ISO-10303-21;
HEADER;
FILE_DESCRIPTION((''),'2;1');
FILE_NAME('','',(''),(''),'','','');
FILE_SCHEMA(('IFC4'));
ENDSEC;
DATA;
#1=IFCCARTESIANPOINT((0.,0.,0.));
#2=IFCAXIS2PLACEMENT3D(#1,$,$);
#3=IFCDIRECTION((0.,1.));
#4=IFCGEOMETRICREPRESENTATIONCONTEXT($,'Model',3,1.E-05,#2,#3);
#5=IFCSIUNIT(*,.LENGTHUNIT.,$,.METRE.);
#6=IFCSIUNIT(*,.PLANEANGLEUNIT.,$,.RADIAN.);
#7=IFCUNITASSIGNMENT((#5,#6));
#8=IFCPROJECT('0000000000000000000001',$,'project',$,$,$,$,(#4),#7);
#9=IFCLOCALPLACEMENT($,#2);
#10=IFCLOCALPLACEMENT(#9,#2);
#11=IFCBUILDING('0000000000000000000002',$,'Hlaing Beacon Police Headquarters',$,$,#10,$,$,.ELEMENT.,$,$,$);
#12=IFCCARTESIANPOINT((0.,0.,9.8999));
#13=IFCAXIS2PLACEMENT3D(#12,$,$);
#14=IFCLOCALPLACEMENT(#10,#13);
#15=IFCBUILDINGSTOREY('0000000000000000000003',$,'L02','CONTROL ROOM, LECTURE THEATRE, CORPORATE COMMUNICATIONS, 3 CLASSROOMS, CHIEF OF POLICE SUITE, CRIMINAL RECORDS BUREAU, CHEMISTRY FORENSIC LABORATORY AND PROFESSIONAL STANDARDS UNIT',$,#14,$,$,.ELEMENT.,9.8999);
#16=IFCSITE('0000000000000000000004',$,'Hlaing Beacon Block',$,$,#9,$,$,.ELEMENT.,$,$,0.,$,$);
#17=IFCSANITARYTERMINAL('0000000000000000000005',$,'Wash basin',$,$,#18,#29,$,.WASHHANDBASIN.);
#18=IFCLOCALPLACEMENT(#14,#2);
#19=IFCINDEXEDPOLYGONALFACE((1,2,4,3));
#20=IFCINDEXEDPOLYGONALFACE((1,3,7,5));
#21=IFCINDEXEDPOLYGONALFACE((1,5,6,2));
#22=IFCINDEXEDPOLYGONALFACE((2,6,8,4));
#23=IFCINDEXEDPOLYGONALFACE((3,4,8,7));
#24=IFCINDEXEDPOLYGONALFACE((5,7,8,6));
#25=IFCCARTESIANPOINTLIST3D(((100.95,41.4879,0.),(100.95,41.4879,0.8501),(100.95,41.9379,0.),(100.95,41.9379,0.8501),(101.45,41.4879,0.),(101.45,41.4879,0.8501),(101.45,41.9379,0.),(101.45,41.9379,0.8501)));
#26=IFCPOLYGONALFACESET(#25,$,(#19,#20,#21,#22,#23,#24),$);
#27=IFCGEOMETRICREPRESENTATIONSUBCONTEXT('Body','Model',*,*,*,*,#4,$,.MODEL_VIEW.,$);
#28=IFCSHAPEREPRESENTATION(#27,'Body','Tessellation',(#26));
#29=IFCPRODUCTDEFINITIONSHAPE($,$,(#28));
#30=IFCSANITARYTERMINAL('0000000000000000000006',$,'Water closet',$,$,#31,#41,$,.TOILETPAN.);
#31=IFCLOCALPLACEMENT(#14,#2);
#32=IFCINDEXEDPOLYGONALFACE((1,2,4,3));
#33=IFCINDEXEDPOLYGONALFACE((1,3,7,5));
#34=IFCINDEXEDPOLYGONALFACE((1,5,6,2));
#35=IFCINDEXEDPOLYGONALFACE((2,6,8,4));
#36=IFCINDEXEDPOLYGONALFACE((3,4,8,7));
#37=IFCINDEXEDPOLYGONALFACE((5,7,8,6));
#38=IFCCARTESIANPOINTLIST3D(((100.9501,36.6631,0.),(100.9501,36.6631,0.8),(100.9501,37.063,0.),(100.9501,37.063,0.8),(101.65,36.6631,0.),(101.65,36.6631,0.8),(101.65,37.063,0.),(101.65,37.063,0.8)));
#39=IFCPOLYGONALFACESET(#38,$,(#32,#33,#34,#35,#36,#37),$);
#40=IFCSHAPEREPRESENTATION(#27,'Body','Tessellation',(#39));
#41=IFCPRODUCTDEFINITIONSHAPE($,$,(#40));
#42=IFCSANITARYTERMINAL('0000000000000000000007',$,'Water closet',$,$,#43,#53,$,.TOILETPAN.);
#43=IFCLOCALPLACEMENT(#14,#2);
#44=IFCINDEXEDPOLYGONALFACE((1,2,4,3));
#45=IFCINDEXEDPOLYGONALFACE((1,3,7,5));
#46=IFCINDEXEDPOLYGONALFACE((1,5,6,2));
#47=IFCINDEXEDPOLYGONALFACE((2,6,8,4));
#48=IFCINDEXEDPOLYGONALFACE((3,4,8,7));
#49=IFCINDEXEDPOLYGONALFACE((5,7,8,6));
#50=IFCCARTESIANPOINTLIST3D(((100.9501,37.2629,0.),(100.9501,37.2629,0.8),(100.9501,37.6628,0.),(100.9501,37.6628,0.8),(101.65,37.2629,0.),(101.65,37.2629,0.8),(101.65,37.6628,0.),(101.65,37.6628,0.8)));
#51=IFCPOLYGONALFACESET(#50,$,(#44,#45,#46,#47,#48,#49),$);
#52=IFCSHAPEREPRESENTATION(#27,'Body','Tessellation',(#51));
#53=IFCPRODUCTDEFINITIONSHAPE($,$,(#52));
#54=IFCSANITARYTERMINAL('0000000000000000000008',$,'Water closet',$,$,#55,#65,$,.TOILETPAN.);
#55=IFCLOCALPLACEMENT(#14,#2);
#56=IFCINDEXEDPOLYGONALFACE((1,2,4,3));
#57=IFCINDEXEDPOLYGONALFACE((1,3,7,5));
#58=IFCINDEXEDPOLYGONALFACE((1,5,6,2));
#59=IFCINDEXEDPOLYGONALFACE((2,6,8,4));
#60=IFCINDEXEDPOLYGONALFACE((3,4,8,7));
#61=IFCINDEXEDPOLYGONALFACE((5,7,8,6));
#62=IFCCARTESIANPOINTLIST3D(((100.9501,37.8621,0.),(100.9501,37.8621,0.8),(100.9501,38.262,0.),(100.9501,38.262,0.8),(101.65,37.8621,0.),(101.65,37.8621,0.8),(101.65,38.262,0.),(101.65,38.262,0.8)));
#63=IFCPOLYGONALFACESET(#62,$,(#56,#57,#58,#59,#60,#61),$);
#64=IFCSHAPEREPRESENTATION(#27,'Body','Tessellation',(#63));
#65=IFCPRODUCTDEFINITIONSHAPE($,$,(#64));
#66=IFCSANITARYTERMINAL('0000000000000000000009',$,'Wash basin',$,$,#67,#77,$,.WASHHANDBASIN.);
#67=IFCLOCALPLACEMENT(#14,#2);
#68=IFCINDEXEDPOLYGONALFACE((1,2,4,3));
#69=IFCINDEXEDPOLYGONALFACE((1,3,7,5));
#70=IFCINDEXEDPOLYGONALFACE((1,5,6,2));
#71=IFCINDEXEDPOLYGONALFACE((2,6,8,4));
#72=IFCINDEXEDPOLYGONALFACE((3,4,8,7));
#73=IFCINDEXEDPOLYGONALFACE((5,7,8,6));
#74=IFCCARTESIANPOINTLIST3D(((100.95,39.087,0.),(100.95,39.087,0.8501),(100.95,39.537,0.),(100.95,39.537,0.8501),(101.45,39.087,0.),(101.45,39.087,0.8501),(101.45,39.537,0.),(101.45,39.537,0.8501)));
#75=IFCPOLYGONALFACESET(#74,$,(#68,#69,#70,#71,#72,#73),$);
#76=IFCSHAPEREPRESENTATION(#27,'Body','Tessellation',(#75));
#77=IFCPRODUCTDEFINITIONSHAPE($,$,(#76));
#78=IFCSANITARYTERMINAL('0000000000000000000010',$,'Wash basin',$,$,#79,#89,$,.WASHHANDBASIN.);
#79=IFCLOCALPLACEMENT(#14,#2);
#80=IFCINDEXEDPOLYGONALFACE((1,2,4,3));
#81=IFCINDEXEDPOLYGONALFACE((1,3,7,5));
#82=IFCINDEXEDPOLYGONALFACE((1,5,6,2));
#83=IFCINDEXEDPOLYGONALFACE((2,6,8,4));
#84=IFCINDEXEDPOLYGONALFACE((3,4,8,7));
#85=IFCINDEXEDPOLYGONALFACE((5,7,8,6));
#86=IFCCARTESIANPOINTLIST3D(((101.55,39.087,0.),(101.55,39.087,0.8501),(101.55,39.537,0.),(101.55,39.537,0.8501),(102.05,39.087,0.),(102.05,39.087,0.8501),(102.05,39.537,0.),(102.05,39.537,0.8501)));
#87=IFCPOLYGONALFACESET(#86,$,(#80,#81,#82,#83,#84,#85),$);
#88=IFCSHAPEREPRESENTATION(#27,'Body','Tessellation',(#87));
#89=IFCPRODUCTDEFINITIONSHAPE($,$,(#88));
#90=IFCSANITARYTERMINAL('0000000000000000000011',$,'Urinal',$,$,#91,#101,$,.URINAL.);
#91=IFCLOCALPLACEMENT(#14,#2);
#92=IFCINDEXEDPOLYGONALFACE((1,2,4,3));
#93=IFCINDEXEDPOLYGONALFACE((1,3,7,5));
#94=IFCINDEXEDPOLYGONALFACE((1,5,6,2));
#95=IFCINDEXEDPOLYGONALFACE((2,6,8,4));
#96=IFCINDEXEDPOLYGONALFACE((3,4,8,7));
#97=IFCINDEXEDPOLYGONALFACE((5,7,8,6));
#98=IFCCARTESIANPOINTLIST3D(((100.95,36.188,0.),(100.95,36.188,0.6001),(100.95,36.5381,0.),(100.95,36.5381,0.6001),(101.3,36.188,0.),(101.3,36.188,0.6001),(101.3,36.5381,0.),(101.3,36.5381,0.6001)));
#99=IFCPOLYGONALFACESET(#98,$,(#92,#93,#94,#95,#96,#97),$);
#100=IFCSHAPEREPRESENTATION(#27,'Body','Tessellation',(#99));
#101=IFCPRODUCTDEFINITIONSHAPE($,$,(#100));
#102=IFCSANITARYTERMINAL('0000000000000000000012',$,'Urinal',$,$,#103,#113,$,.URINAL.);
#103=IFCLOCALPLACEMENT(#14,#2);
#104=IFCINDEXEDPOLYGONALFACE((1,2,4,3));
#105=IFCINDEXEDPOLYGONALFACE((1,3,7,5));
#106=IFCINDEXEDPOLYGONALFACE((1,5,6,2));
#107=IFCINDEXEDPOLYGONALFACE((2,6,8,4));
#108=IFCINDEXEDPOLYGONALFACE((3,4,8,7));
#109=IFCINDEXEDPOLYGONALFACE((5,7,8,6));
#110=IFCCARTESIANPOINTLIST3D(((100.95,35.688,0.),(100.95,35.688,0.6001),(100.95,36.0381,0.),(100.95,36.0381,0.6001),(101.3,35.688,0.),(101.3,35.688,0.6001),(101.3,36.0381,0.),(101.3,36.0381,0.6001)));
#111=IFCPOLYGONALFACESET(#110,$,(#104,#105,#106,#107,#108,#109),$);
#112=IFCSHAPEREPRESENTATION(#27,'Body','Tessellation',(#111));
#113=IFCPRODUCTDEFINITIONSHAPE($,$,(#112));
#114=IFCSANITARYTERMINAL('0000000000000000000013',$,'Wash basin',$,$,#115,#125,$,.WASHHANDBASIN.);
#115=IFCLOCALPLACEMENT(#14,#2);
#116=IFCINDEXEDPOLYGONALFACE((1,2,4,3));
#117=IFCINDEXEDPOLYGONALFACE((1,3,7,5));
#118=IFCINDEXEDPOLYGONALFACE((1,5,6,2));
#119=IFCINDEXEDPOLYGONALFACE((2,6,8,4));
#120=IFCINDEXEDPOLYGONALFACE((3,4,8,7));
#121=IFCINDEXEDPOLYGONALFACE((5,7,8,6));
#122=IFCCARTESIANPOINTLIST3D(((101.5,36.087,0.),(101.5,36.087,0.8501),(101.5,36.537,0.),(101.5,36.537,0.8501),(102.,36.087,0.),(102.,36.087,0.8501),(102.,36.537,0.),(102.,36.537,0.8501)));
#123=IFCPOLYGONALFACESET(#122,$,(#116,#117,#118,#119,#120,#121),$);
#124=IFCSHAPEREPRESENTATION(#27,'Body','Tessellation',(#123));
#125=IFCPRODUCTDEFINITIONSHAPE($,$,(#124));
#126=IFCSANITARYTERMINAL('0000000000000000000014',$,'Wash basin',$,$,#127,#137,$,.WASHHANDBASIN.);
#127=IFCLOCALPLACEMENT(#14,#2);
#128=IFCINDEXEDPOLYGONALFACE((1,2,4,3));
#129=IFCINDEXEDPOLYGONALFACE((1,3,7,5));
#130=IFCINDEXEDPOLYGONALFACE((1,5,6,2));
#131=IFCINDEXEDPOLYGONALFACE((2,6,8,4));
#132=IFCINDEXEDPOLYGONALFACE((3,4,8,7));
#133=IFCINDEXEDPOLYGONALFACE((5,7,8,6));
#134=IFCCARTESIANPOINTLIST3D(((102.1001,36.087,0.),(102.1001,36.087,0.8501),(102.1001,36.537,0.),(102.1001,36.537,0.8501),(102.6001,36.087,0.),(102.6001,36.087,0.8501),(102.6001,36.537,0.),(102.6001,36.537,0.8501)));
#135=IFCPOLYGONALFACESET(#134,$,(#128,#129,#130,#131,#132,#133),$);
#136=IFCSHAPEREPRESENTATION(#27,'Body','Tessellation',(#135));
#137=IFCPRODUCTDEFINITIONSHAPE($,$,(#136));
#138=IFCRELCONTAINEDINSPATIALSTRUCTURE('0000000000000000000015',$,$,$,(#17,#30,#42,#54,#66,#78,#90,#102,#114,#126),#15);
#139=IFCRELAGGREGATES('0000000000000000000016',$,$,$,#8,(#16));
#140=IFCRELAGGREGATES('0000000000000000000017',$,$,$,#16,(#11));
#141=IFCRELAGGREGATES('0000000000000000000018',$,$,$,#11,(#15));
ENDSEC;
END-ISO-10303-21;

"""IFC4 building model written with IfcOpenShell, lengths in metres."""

from ifc_helpers import new_model, si_unit, direction, frame, origin, origin_2d, place, context, subcontext, project, spatial, rectangle, extrude, element, save


model = new_model("IFC4")

# Units and contexts
model_context = context("Model", 3, precision=1e-05, world=origin(), true_north=direction((0.0, 1.0)))
body_context = subcontext(model_context, "Body", "Model", "MODEL_VIEW")
ifc_project = project(units=[si_unit("LENGTHUNIT", "METRE"), si_unit("PLANEANGLEUNIT", "RADIAN")], contexts=[model_context])

# Site, building, storey
site_placement = place(None, origin())
site = spatial("IfcSite", under=ifc_project, at=site_placement, Name="Hlaing Beacon Block", CompositionType="ELEMENT", RefElevation=0.0)
building_placement = place(site_placement, origin())
building = spatial("IfcBuilding", under=site, at=building_placement, Name="Hlaing Beacon Police Headquarters", CompositionType="ELEMENT")
storey_placement = place(building_placement, frame((0.0, 0.0, 9.8999)))
storey = spatial("IfcBuildingStorey", under=building, at=storey_placement, Name="L02", Description="CONTROL ROOM, LECTURE THEATRE, CORPORATE COMMUNICATIONS, 3 CLASSROOMS, CHIEF OF POLICE SUITE, CRIMINAL RECORDS BUREAU, CHEMISTRY FORENSIC LABORATORY AND PROFESSIONAL STANDARDS UNIT", CompositionType="ELEMENT", Elevation=9.8999)

# Sanitary terminals
sanitary_terminal_1_placement = place(storey_placement, frame((101.2, 41.7129, 0.0), z_axis=(0.0, 0.0, 1.0), x_axis=(1.0, 0.0, 0.0)))
element("IfcSanitaryTerminal", 1, at=sanitary_terminal_1_placement, inside=storey, Name="Wash basin", PredefinedType="WASHHANDBASIN", context=body_context, shape_type="SweptSolid", body=[
    extrude(rectangle(XDim=0.5, YDim=0.45, at=origin_2d()), origin(), (0.0, 0.0, 1.0), 0.8501),
])
for number, where, z_axis, x_axis, name in (
    (2, (101.3, 36.863, 0.0), (0.0, 0.0, 1.0), (1.0, 0.0, 0.0), "Water closet"),
    (3, (101.3, 37.4629, 0.0), (0.0, 0.0, 1.0), (1.0, 0.0, 0.0), "Water closet"),
    (4, (101.3, 38.062, 0.0), (0.0, 0.0, 1.0), (1.0, 0.0, 0.0), "Water closet"),
):
    element("IfcSanitaryTerminal", number, at=place(storey_placement, frame(where, z_axis=z_axis, x_axis=x_axis)), inside=storey, Name=name, PredefinedType="TOILETPAN", context=body_context, shape_type="SweptSolid", body=[
        extrude(rectangle(XDim=0.7, YDim=0.3999, at=origin_2d()), origin(), (0.0, 0.0, 1.0), 0.8),
    ])
for number, where, z_axis, x_axis, name in (
    (5, (101.2, 39.312, 0.0), (0.0, 0.0, 1.0), (1.0, 0.0, 0.0), "Wash basin"),
    (6, (101.8, 39.312, 0.0), (0.0, 0.0, 1.0), (1.0, 0.0, 0.0), "Wash basin"),
):
    element("IfcSanitaryTerminal", number, at=place(storey_placement, frame(where, z_axis=z_axis, x_axis=x_axis)), inside=storey, Name=name, PredefinedType="WASHHANDBASIN", context=body_context, shape_type="SweptSolid", body=[
        extrude(rectangle(XDim=0.5, YDim=0.45, at=origin_2d()), origin(), (0.0, 0.0, 1.0), 0.8501),
    ])
for number, where, z_axis, x_axis, name in (
    (7, (101.125, 36.363, 0.0), (0.0, 0.0, 1.0), (1.0, 0.0, 0.0), "Urinal"),
    (8, (101.125, 35.863, 0.0), (0.0, 0.0, 1.0), (1.0, 0.0, 0.0), "Urinal"),
):
    element("IfcSanitaryTerminal", number, at=place(storey_placement, frame(where, z_axis=z_axis, x_axis=x_axis)), inside=storey, Name=name, PredefinedType="URINAL", context=body_context, shape_type="SweptSolid", body=[
        extrude(rectangle(XDim=0.3501, YDim=0.3501, at=origin_2d()), origin(), (0.0, 0.0, 1.0), 0.6001),
    ])
for number, where, z_axis, x_axis, name in (
    (9, (101.75, 36.312, 0.0), (0.0, 0.0, 1.0), (1.0, 0.0, 0.0), "Wash basin"),
    (10, (102.3501, 36.312, 0.0), (0.0, 0.0, 1.0), (1.0, 0.0, 0.0), "Wash basin"),
):
    element("IfcSanitaryTerminal", number, at=place(storey_placement, frame(where, z_axis=z_axis, x_axis=x_axis)), inside=storey, Name=name, PredefinedType="WASHHANDBASIN", context=body_context, shape_type="SweptSolid", body=[
        extrude(rectangle(XDim=0.5, YDim=0.45, at=origin_2d()), origin(), (0.0, 0.0, 1.0), 0.8501),
    ])

save(model, "model.ifc")
